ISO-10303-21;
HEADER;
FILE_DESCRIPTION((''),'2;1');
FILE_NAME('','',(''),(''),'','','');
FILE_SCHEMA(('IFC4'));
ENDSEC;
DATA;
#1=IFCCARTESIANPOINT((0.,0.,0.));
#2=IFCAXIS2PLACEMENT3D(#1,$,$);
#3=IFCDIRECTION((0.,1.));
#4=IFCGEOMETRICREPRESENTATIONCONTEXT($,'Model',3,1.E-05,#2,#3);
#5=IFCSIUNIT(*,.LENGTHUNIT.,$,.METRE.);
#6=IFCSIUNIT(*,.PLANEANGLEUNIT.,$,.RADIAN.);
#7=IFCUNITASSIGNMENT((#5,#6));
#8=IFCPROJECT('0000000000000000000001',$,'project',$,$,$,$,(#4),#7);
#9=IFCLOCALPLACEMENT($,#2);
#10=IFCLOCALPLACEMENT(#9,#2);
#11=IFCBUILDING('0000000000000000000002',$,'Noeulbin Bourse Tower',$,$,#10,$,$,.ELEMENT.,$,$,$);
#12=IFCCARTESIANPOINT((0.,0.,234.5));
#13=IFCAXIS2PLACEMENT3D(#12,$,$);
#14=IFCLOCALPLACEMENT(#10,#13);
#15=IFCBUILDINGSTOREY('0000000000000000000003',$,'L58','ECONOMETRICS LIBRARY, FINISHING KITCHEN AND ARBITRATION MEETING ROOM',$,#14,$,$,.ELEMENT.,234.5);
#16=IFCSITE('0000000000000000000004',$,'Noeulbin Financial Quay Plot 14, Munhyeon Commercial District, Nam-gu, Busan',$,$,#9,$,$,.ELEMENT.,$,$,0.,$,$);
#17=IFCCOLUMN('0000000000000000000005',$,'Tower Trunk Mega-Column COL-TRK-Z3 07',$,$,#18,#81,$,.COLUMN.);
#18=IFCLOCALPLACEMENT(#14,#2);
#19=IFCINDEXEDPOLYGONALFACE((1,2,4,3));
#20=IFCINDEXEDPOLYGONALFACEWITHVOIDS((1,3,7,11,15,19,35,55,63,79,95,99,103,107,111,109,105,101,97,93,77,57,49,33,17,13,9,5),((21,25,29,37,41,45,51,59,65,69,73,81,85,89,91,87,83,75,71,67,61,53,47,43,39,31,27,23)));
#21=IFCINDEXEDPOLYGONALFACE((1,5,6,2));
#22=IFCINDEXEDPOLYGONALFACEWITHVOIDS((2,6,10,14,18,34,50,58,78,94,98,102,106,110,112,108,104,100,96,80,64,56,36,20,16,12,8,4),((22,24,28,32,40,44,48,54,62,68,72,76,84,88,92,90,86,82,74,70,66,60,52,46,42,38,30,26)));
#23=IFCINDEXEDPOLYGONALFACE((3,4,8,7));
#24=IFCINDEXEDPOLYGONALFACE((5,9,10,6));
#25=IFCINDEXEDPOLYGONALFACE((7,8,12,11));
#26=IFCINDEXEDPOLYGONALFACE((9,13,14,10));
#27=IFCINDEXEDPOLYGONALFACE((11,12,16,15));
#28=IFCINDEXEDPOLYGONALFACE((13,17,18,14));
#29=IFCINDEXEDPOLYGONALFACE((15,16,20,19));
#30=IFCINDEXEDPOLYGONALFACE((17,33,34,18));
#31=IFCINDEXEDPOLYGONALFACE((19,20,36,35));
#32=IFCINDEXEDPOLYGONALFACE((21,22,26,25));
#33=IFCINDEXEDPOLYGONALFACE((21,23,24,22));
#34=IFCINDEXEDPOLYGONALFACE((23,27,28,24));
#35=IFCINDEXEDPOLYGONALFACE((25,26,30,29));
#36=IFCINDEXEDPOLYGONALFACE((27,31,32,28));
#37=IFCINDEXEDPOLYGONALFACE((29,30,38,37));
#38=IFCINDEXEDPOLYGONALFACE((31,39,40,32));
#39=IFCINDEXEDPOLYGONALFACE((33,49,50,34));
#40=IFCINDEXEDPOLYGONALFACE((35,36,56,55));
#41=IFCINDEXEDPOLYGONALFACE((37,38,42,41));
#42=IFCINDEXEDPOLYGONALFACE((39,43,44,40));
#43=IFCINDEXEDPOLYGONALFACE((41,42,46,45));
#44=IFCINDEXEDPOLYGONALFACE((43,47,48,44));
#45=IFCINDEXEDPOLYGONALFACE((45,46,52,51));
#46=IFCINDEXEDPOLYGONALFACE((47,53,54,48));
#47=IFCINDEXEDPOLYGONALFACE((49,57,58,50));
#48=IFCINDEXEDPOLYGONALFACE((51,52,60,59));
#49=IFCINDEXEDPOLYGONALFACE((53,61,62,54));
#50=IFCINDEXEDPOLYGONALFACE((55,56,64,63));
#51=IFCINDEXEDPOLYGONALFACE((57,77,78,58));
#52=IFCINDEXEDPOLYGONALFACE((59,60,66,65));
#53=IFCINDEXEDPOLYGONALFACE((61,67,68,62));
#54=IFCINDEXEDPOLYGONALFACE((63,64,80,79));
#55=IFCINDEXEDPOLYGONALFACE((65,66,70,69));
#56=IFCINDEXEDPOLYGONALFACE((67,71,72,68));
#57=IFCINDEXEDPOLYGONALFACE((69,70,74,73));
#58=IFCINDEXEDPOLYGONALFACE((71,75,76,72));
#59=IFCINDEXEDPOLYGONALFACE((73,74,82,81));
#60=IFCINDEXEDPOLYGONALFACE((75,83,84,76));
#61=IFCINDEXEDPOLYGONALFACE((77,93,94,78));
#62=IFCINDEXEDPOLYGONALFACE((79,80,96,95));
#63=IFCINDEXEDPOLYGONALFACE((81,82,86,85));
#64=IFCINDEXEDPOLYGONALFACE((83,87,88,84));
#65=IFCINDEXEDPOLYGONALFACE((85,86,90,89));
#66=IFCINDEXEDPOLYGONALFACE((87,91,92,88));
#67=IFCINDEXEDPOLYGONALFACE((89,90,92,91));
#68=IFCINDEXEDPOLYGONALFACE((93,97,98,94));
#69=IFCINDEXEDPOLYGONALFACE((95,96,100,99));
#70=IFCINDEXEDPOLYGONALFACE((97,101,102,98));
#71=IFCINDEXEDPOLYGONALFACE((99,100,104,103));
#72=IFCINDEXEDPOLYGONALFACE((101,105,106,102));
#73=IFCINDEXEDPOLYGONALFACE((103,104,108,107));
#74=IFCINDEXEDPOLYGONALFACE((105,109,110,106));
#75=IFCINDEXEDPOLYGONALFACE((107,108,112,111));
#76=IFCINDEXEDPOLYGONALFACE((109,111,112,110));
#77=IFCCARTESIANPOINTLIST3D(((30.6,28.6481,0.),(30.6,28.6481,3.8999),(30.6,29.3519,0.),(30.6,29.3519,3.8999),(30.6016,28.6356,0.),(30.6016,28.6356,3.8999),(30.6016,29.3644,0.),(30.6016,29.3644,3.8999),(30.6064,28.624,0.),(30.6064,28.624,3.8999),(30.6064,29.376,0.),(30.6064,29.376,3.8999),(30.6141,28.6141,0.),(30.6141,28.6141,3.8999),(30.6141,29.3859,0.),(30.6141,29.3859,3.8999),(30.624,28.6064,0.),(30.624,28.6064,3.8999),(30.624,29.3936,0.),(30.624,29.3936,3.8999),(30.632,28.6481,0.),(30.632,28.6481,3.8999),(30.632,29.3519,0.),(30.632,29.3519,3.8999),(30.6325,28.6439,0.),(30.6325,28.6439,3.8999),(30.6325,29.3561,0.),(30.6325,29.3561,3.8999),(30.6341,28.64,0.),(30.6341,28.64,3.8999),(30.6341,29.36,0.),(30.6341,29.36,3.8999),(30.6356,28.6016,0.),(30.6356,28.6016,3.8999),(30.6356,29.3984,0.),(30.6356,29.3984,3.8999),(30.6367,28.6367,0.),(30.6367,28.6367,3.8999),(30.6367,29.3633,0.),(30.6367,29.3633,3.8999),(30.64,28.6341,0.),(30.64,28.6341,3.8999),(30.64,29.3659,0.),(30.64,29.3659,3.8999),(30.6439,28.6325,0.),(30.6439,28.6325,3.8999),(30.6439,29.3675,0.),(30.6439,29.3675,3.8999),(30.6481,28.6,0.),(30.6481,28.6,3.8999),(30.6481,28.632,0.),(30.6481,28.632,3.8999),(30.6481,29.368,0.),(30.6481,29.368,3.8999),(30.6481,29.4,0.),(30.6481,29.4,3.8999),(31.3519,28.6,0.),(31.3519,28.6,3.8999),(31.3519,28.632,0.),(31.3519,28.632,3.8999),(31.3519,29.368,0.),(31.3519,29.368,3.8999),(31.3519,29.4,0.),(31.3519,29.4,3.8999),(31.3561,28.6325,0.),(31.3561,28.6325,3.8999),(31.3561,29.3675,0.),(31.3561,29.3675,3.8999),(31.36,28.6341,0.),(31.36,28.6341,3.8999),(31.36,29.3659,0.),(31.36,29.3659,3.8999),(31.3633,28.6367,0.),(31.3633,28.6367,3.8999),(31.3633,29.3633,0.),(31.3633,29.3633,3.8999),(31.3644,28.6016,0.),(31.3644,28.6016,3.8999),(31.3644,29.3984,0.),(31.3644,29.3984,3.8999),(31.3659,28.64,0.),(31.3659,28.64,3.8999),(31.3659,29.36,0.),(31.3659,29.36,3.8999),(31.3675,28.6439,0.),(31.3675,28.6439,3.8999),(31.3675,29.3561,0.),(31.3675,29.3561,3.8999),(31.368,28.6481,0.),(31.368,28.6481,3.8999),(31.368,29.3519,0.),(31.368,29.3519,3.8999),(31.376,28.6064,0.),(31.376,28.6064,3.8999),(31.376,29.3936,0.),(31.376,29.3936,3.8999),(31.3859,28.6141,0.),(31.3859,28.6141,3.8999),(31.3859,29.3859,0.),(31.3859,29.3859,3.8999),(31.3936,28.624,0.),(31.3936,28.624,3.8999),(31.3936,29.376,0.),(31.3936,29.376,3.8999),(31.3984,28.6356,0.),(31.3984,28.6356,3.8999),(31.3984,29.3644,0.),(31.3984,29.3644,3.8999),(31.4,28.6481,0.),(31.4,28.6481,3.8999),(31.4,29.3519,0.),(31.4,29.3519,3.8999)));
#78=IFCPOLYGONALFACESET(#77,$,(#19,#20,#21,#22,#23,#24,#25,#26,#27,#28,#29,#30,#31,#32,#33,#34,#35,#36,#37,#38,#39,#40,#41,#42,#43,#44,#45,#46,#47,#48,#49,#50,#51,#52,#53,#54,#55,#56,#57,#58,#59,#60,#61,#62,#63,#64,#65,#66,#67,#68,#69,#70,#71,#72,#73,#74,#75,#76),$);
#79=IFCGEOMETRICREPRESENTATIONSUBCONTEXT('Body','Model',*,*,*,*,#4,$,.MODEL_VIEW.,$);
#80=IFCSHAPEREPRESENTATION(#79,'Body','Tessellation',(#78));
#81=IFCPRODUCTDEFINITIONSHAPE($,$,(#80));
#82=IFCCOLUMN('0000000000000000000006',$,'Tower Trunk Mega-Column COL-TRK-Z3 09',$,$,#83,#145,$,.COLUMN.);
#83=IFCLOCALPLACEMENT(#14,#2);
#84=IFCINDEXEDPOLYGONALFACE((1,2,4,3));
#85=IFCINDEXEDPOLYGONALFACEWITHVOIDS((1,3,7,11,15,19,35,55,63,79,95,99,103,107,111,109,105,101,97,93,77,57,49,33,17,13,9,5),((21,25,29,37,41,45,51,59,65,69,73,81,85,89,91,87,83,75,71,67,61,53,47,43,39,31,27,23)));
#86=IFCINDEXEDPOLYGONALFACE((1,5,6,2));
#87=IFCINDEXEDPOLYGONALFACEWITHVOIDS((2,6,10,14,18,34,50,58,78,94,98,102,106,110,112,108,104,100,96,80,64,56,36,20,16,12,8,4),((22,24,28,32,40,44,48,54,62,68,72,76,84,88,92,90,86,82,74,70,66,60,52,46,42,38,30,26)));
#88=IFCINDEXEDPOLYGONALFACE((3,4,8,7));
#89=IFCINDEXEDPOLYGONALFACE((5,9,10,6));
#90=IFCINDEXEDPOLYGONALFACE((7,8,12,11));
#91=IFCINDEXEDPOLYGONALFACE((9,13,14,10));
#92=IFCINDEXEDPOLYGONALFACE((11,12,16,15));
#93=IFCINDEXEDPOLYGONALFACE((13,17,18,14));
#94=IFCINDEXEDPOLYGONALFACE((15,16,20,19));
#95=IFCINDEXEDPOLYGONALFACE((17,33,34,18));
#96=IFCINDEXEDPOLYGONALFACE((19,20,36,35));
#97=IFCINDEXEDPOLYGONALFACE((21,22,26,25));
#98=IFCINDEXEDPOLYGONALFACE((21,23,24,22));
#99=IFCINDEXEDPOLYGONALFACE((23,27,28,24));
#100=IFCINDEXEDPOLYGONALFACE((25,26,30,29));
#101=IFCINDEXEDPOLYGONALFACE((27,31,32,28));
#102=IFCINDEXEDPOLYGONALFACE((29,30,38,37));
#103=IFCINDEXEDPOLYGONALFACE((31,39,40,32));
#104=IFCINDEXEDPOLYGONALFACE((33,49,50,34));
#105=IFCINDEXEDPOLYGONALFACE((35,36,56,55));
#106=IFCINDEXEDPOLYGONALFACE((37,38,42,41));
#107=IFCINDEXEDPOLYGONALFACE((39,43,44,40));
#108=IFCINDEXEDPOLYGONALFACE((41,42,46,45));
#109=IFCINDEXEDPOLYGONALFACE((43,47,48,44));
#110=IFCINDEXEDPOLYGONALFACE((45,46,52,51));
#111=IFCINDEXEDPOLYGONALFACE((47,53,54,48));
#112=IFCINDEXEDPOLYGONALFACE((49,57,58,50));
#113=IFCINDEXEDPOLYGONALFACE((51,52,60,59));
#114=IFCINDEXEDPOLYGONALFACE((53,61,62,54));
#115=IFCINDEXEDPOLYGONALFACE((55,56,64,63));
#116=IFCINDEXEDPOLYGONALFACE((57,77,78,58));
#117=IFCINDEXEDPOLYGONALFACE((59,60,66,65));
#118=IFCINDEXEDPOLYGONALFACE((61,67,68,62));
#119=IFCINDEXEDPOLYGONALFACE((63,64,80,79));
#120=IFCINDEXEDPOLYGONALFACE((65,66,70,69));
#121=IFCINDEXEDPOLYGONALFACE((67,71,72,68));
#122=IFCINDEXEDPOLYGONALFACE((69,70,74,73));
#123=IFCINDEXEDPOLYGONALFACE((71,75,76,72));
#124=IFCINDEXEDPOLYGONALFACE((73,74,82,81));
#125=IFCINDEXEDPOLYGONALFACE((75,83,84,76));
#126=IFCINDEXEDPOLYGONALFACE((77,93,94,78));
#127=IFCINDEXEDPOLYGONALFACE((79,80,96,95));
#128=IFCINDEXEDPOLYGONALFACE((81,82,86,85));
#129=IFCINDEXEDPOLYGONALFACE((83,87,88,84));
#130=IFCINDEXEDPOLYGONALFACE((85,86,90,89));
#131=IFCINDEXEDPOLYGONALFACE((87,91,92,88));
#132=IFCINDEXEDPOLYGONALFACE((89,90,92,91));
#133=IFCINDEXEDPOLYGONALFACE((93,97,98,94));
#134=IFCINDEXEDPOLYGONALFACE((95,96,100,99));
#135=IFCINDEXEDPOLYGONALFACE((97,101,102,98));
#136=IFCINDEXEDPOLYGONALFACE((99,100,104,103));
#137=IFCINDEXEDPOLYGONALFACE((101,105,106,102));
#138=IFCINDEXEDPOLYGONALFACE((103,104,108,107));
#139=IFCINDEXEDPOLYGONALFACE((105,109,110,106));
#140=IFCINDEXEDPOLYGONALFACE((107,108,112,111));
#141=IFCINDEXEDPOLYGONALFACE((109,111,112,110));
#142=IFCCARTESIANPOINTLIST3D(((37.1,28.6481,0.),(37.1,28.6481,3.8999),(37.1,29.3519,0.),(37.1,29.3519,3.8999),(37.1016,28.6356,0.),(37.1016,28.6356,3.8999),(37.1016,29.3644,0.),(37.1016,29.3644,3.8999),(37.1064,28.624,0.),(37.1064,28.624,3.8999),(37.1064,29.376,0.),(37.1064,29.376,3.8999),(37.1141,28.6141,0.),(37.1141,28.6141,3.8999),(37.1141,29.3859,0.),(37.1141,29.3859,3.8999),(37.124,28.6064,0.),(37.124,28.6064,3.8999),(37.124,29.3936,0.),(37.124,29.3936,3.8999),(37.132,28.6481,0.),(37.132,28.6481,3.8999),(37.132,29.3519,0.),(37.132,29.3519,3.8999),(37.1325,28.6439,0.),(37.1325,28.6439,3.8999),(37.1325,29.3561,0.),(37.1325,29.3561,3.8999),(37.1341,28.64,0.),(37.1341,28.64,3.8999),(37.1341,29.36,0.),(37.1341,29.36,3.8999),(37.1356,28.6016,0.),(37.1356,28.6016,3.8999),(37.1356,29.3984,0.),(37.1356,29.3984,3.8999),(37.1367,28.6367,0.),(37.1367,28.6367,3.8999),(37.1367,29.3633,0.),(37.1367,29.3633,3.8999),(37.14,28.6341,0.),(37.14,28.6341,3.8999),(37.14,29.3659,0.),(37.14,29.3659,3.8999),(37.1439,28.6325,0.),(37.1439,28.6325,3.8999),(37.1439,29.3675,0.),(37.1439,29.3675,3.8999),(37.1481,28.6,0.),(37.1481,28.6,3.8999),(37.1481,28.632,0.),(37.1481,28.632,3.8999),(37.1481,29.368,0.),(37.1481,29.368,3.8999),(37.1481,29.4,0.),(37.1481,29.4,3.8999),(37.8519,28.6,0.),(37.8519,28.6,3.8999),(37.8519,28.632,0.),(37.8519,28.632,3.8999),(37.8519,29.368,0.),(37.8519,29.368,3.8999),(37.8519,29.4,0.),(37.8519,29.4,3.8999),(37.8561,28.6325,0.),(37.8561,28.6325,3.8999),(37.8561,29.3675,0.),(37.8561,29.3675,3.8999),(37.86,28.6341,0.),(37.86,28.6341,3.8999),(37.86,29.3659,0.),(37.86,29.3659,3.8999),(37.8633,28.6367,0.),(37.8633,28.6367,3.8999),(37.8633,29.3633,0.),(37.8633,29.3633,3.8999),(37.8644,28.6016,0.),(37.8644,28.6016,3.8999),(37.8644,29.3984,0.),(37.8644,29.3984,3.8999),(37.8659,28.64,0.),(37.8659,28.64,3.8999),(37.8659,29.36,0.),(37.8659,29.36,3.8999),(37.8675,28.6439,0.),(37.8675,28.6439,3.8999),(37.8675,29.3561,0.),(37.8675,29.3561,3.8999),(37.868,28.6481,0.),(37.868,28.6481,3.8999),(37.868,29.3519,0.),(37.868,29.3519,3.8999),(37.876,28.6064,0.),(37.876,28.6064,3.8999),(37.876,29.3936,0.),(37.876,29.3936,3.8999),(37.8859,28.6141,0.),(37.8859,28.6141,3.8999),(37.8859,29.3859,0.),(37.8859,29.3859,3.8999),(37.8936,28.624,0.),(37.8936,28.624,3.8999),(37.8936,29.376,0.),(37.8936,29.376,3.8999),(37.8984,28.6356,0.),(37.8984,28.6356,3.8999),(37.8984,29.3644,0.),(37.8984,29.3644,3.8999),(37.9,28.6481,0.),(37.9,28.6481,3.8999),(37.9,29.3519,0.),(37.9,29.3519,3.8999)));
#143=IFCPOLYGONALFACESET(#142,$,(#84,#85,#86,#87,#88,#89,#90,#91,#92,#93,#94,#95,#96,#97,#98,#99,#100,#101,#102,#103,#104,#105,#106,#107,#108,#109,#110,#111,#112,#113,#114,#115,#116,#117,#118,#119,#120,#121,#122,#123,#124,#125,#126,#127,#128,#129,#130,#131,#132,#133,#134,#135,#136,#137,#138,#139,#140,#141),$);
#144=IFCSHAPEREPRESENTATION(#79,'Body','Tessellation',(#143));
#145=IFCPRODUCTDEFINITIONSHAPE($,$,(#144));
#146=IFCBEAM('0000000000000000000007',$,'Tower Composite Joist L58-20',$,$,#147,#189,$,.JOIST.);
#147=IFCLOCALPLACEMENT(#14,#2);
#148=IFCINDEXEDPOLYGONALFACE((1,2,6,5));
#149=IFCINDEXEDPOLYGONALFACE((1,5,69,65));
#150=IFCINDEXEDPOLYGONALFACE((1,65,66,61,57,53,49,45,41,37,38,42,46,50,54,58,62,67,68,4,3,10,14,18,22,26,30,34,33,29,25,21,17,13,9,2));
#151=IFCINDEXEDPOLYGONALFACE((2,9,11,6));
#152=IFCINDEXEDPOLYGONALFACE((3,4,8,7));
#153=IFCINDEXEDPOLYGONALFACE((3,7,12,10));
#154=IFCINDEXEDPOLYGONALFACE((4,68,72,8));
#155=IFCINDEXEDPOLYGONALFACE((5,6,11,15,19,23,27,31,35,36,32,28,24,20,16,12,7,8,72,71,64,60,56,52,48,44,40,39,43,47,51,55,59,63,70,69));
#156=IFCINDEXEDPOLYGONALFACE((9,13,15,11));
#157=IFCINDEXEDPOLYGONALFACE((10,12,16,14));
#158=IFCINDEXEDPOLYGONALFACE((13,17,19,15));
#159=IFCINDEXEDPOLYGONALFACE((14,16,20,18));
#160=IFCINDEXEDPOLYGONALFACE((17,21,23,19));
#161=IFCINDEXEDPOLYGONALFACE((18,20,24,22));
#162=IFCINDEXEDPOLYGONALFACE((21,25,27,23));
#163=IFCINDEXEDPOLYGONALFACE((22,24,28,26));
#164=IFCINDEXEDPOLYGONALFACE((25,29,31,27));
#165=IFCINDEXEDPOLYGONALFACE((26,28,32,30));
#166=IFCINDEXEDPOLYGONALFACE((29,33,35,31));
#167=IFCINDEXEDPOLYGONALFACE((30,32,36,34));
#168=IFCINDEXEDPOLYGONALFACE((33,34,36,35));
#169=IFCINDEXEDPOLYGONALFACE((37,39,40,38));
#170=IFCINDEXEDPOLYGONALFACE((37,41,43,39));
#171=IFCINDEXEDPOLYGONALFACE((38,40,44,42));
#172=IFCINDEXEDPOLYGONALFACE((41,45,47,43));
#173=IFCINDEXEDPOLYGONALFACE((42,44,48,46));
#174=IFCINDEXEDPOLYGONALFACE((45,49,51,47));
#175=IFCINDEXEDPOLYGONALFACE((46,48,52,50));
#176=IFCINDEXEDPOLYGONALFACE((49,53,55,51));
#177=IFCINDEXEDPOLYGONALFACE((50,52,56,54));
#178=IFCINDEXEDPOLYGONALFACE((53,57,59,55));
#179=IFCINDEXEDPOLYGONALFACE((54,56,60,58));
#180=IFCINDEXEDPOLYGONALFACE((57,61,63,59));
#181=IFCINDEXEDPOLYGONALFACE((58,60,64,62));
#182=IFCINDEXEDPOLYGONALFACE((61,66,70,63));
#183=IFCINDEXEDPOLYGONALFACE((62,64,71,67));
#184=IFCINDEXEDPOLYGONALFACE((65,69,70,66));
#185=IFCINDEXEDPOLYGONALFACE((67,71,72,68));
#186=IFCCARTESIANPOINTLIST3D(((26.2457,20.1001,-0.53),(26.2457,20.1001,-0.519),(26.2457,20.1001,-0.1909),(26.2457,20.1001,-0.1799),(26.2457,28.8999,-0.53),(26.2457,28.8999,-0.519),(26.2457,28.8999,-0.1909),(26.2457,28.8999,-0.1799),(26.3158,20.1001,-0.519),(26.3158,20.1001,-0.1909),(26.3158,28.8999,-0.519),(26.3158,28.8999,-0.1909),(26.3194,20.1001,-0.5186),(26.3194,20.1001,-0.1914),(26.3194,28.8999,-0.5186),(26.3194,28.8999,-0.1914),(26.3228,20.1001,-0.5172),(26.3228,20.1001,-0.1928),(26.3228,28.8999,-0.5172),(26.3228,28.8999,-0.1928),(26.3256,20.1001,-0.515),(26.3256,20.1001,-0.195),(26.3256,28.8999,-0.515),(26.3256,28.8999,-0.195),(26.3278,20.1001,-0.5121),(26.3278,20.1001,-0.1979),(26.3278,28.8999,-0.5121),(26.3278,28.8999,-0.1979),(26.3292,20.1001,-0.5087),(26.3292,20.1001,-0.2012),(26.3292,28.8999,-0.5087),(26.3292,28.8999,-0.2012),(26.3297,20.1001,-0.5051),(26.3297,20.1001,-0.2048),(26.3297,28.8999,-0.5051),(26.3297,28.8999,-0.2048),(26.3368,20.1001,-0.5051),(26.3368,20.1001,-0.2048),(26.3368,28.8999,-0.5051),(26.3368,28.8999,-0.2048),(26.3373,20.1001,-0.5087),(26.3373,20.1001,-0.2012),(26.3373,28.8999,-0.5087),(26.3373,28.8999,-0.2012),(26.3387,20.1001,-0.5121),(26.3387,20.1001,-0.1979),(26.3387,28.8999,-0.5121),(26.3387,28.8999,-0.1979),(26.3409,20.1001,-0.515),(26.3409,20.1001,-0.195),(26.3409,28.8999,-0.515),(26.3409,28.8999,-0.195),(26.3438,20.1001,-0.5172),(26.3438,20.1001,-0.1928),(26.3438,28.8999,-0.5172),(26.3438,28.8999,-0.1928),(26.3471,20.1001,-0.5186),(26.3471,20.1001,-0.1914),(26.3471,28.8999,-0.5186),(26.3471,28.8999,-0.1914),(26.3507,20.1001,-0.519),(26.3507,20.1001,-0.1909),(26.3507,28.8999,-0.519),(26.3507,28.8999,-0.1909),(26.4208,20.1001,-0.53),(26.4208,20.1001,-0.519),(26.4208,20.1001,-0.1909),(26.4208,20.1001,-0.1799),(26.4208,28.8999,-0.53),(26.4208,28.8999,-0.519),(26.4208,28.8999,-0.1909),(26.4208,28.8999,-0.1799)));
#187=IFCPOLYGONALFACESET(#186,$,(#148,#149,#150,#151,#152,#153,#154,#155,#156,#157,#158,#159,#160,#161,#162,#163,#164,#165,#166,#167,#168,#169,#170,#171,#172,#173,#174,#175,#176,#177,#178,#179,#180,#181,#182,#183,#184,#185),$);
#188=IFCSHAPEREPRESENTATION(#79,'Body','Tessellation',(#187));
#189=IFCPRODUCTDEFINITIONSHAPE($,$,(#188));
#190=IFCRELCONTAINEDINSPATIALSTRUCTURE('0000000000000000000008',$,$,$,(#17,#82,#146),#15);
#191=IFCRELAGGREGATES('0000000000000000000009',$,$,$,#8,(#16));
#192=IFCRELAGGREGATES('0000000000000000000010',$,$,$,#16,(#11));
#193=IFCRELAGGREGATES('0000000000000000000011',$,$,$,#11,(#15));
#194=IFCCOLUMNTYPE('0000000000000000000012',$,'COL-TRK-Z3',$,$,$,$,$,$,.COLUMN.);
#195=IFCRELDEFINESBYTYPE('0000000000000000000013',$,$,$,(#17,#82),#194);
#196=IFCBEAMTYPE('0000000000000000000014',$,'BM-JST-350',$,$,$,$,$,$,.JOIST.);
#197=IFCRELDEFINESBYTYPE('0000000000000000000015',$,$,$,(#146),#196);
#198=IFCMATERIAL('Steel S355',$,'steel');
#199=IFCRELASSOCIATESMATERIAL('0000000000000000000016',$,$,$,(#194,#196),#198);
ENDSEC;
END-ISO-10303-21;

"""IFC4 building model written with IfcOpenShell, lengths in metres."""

from ifc_helpers import new_model, si_unit, direction, frame, origin, origin_2d, place, context, subcontext, project, spatial, hollow_rectangle, i_section, extrude, material, material_profile, profile_set, type_object, element, save


model = new_model("IFC4")

# Units and contexts
model_context = context("Model", 3, precision=1e-05, world=origin(), true_north=direction((0.0, 1.0)))
body_context = subcontext(model_context, "Body", "Model", "MODEL_VIEW")
ifc_project = project(units=[si_unit("LENGTHUNIT", "METRE"), si_unit("PLANEANGLEUNIT", "RADIAN")], contexts=[model_context])

# Site, building, storey
site_placement = place(None, origin())
site = spatial("IfcSite", under=ifc_project, at=site_placement, Name="Noeulbin Financial Quay Plot 14, Munhyeon Commercial District, Nam-gu, Busan", CompositionType="ELEMENT", RefElevation=0.0)
building_placement = place(site_placement, origin())
building = spatial("IfcBuilding", under=site, at=building_placement, Name="Noeulbin Bourse Tower", CompositionType="ELEMENT")
storey_placement = place(building_placement, frame((0.0, 0.0, 234.5)))
storey = spatial("IfcBuildingStorey", under=building, at=storey_placement, Name="L58", Description="ECONOMETRICS LIBRARY, FINISHING KITCHEN AND ARBITRATION MEETING ROOM", CompositionType="ELEMENT", Elevation=234.5)

# Columns
ifc_material_1 = material(Name="Steel S355", Category="steel")
ifc_material_profile_1 = material_profile(ifc_material_1, hollow_rectangle(XDim=0.8, YDim=0.8, WallThickness=0.032, InnerFilletRadius=0.0161, OuterFilletRadius=0.0481, at=origin_2d()), Name="BOX-800x800x32", Category="LoadBearing")
ifc_profile_set_1 = profile_set([ifc_material_profile_1], Name="Steel S355")
column_type = type_object("IfcColumnType", Name="COL-TRK-Z3", PredefinedType="COLUMN", material=ifc_profile_set_1)
for number, where, z_axis, x_axis, name in (
    (1, (31.0, 29.0, 0.0), (0.0, 0.0, 1.0), (1.0, 0.0, 0.0), "Tower Trunk Mega-Column COL-TRK-Z3 07"),
    (2, (37.5, 29.0, 0.0), (0.0, 0.0, 1.0), (1.0, 0.0, 0.0), "Tower Trunk Mega-Column COL-TRK-Z3 09"),
):
    element("IfcColumn", number, at=place(storey_placement, frame(where, z_axis=z_axis, x_axis=x_axis)), inside=storey, type_object=column_type, Name=name, PredefinedType="COLUMN", context=body_context, shape_type="SweptSolid", body=[
        extrude(hollow_rectangle(XDim=0.8, YDim=0.8, WallThickness=0.032, InnerFilletRadius=0.0161, OuterFilletRadius=0.0481, at=origin_2d()), origin(), (0.0, 0.0, 1.0), 3.8999),
    ])

# Beam
ifc_material_profile_2 = material_profile(ifc_material_1, i_section(OverallWidth=0.175, OverallDepth=0.3501, WebThickness=0.0071, FlangeThickness=0.011, FilletRadius=0.0139, at=origin_2d()), Name="H-350x175x7x11", Category="LoadBearing")
ifc_profile_set_2 = profile_set([ifc_material_profile_2], Name="Steel S355")
beam_type = type_object("IfcBeamType", Name="BM-JST-350", PredefinedType="JOIST", material=ifc_profile_set_2)
for number, where, z_axis, x_axis, name in (
    (3, (26.3333, 20.1001, -0.355), (0.0, 1.0, 0.0), (-1.0, 0.0, 0.0), "Tower Composite Joist L58-20"),
):
    element("IfcBeam", number, at=place(storey_placement, frame(where, z_axis=z_axis, x_axis=x_axis)), inside=storey, type_object=beam_type, Name=name, PredefinedType="JOIST", context=body_context, shape_type="SweptSolid", body=[
        extrude(i_section(OverallWidth=0.175, OverallDepth=0.3501, WebThickness=0.0071, FlangeThickness=0.011, FilletRadius=0.0139, at=origin_2d()), origin(), (0.0, 0.0, 1.0), 8.7998),
    ])

save(model, "model.ifc")
